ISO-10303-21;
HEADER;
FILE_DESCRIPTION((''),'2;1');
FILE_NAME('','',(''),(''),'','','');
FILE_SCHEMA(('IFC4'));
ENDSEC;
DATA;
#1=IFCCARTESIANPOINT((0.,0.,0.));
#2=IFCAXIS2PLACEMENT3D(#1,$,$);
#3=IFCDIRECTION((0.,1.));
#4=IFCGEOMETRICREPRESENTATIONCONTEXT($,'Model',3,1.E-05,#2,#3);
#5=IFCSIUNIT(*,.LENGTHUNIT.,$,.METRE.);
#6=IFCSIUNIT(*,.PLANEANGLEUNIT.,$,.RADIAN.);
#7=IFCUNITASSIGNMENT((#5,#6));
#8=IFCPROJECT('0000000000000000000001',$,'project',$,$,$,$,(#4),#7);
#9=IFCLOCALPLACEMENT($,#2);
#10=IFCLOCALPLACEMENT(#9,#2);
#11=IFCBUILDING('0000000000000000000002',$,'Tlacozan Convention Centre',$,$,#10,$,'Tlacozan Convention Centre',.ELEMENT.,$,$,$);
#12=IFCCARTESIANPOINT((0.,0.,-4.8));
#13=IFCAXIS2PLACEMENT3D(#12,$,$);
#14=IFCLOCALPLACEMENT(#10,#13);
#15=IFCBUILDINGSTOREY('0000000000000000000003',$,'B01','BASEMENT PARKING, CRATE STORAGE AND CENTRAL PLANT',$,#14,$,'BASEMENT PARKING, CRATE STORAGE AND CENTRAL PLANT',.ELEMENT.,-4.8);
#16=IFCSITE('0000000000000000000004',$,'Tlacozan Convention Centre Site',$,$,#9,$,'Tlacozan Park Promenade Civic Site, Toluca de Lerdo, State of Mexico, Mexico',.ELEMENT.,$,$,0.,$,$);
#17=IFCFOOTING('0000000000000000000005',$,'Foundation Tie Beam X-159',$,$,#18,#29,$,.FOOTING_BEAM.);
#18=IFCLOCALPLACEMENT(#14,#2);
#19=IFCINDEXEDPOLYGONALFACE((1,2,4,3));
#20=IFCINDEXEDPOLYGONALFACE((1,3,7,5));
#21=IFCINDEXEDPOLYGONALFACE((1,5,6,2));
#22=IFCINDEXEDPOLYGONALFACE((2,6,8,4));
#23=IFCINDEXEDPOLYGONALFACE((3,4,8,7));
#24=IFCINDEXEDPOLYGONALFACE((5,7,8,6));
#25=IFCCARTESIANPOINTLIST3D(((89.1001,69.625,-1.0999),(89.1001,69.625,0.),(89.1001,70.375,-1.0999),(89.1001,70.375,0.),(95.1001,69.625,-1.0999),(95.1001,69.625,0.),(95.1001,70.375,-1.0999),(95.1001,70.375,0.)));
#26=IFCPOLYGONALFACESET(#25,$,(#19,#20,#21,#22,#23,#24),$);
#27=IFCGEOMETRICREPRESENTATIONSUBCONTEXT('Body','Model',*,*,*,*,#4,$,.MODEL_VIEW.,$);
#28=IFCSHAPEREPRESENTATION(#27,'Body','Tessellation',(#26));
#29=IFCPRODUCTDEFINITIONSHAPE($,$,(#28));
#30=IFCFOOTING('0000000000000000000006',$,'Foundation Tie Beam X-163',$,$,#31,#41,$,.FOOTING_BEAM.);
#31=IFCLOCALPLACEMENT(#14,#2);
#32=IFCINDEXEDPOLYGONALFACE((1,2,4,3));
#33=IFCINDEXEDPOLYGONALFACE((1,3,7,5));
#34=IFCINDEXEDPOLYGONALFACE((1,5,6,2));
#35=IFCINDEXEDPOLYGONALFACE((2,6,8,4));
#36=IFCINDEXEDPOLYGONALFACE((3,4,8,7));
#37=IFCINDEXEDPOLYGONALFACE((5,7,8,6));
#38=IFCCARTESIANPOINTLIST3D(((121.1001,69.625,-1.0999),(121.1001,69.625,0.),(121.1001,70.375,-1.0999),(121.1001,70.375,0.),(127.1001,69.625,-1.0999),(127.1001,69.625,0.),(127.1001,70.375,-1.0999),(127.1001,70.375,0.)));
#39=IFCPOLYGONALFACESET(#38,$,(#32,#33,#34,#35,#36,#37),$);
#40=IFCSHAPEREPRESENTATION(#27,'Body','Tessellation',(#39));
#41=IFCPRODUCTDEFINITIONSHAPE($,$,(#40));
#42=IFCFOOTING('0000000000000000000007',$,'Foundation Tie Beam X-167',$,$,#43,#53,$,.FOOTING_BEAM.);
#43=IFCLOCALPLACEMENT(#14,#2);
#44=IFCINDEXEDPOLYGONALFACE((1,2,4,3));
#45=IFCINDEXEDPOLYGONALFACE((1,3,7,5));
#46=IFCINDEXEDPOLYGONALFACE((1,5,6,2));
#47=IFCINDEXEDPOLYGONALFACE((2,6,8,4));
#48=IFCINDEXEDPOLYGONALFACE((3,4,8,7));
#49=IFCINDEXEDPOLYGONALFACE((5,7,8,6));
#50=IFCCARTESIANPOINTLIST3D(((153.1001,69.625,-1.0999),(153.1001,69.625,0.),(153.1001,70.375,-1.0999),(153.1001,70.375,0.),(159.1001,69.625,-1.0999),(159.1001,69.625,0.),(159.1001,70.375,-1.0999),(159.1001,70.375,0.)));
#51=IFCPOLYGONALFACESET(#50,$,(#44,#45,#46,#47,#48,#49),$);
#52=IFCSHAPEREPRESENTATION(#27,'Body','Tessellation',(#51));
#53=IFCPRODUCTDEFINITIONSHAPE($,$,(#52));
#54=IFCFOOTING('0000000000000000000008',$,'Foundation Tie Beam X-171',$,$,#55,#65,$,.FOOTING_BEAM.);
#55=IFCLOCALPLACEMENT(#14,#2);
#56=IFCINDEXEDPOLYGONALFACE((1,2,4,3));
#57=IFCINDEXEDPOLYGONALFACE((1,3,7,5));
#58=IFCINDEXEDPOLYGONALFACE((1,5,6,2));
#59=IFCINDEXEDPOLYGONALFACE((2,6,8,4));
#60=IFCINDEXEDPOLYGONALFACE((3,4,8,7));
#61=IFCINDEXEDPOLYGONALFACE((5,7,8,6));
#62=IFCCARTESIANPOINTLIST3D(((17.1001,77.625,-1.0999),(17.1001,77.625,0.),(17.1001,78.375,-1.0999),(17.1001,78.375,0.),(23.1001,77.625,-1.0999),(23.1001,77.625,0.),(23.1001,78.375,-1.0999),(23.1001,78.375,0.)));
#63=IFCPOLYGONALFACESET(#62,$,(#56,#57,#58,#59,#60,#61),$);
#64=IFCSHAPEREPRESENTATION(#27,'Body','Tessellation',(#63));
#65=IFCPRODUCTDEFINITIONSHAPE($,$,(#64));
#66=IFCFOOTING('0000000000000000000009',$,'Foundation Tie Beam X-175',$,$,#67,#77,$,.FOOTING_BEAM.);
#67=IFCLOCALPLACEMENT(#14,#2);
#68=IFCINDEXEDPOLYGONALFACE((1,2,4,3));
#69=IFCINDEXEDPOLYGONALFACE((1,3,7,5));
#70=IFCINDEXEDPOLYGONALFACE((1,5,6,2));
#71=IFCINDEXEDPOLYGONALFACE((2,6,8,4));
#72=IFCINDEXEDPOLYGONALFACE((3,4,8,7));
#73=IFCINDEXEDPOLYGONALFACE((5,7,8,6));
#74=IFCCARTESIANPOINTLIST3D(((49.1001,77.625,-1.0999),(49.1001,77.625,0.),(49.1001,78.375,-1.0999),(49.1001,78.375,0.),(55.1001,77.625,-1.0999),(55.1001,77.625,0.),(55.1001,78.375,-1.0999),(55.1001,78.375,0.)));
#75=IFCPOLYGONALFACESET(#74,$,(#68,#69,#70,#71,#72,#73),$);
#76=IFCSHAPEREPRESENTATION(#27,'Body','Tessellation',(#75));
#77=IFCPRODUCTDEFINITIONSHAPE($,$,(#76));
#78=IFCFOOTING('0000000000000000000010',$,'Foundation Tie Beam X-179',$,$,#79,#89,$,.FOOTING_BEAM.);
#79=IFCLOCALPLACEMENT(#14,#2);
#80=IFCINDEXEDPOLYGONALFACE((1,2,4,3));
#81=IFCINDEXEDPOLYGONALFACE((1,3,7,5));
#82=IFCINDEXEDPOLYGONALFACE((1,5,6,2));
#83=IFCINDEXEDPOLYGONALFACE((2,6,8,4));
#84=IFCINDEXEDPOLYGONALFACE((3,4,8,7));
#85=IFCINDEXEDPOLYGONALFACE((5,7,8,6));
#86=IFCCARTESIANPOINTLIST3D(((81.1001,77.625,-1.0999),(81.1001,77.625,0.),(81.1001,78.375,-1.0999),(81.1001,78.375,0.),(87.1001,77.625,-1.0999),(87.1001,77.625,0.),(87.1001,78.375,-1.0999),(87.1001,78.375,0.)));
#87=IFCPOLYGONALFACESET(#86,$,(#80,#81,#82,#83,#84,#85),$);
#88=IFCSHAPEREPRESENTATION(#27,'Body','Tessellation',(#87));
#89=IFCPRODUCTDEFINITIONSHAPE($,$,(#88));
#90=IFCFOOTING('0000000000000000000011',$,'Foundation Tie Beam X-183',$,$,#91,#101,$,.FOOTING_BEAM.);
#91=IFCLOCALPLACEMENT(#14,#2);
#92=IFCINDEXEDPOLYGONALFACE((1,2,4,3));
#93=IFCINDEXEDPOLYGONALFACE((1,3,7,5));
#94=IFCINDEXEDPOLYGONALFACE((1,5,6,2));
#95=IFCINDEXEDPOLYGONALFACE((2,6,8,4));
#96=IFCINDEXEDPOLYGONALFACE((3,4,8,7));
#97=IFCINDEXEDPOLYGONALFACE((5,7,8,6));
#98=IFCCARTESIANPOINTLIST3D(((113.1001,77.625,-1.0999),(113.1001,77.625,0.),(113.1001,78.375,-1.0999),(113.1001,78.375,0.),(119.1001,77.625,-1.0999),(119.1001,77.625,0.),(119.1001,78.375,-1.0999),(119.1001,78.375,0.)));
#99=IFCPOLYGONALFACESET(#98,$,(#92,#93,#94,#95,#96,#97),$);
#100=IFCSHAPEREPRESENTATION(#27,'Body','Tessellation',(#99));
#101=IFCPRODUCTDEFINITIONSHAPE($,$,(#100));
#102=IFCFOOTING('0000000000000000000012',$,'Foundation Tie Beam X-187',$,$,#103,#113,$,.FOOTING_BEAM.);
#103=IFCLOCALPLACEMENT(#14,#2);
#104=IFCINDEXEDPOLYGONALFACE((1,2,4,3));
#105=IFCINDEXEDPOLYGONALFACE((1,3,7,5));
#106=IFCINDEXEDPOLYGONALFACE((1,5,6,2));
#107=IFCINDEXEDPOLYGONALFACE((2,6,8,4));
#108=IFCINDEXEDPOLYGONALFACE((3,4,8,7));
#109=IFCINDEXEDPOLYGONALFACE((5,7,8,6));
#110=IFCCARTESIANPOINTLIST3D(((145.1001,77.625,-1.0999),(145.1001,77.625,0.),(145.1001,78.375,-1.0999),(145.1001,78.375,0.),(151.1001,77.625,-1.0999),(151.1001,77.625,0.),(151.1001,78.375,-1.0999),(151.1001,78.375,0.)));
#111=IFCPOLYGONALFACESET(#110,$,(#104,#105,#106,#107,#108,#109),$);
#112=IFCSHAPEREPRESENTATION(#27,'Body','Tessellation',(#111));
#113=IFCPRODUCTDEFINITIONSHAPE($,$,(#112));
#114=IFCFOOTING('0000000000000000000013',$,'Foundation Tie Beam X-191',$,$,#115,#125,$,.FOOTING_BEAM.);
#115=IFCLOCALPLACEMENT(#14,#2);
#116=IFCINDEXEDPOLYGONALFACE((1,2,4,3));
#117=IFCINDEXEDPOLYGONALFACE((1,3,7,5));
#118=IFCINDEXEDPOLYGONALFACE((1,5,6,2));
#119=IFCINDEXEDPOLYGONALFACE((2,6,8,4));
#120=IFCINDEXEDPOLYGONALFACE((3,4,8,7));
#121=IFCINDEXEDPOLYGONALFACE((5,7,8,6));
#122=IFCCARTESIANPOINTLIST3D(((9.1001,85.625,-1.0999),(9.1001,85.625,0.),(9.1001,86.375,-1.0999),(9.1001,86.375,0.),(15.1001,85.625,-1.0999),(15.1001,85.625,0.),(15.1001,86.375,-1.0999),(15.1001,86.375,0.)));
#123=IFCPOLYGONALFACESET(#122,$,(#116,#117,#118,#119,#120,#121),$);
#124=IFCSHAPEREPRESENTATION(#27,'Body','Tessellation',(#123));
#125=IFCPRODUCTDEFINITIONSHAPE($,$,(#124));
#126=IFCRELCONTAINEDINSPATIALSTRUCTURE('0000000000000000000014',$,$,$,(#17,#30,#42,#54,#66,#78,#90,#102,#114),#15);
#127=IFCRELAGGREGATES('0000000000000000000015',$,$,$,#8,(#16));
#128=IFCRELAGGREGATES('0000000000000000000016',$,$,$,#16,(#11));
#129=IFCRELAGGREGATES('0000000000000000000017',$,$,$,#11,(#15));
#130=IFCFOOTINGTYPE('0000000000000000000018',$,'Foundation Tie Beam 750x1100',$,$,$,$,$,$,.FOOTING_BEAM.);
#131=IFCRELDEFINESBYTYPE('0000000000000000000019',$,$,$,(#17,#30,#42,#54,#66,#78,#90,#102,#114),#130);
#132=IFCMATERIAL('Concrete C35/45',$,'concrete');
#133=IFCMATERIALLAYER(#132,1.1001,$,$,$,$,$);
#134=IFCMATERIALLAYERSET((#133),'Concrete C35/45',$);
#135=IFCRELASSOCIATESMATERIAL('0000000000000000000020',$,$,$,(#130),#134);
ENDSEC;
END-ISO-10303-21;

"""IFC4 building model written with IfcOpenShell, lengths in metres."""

from ifc_helpers import new_model, si_unit, direction, frame, origin, place, context, subcontext, project, spatial, polyline, outline, extrude, material, layer, layer_set, type_object, element, save


model = new_model("IFC4")

# Units and contexts
model_context = context("Model", 3, precision=1e-05, world=origin(), true_north=direction((0.0, 1.0)))
body_context = subcontext(model_context, "Body", "Model", "MODEL_VIEW")
ifc_project = project(units=[si_unit("LENGTHUNIT", "METRE"), si_unit("PLANEANGLEUNIT", "RADIAN")], contexts=[model_context])

# Site, building, storey
site_placement = place(None, origin())
site = spatial("IfcSite", under=ifc_project, at=site_placement, Name="Tlacozan Convention Centre Site", LongName="Tlacozan Park Promenade Civic Site, Toluca de Lerdo, State of Mexico, Mexico", CompositionType="ELEMENT", RefElevation=0.0)
building_placement = place(site_placement, origin())
building = spatial("IfcBuilding", under=site, at=building_placement, Name="Tlacozan Convention Centre", LongName="Tlacozan Convention Centre", CompositionType="ELEMENT")
storey_placement = place(building_placement, frame((0.0, 0.0, -4.8)))
storey = spatial("IfcBuildingStorey", under=building, at=storey_placement, Name="B01", Description="BASEMENT PARKING, CRATE STORAGE AND CENTRAL PLANT", LongName="BASEMENT PARKING, CRATE STORAGE AND CENTRAL PLANT", CompositionType="ELEMENT", Elevation=-4.8)

# Footings
ifc_material = material(Name="Concrete C35/45", Category="concrete")
ifc_layer = layer(ifc_material, 1.1001)
ifc_layer_set = layer_set([ifc_layer], Name="Concrete C35/45")
footing_type = type_object("IfcFootingType", Name="Foundation Tie Beam 750x1100", PredefinedType="FOOTING_BEAM", material=ifc_layer_set)
footing_1_placement = place(storey_placement, frame((0.0, 0.0, -1.0999)))
element("IfcFooting", 1, at=footing_1_placement, inside=storey, type_object=footing_type, Name="Foundation Tie Beam X-159", PredefinedType="FOOTING_BEAM", context=body_context, shape_type="SweptSolid", body=[
    extrude(outline(polyline([(89.1001, 69.625), (95.1001, 69.625), (95.1001, 70.375), (89.1001, 70.375), (89.1001, 69.625)])), origin(), (0.0, 0.0, 1.0), 1.0999),
])
footing_2_placement = place(storey_placement, frame((0.0, 0.0, -1.0999)))
element("IfcFooting", 2, at=footing_2_placement, inside=storey, type_object=footing_type, Name="Foundation Tie Beam X-163", PredefinedType="FOOTING_BEAM", context=body_context, shape_type="SweptSolid", body=[
    extrude(outline(polyline([(121.1001, 69.625), (127.1001, 69.625), (127.1001, 70.375), (121.1001, 70.375), (121.1001, 69.625)])), origin(), (0.0, 0.0, 1.0), 1.0999),
])
footing_3_placement = place(storey_placement, frame((0.0, 0.0, -1.0999)))
element("IfcFooting", 3, at=footing_3_placement, inside=storey, type_object=footing_type, Name="Foundation Tie Beam X-167", PredefinedType="FOOTING_BEAM", context=body_context, shape_type="SweptSolid", body=[
    extrude(outline(polyline([(153.1001, 69.625), (159.1001, 69.625), (159.1001, 70.375), (153.1001, 70.375), (153.1001, 69.625)])), origin(), (0.0, 0.0, 1.0), 1.0999),
])
footing_4_placement = place(storey_placement, frame((0.0, 0.0, -1.0999)))
element("IfcFooting", 4, at=footing_4_placement, inside=storey, type_object=footing_type, Name="Foundation Tie Beam X-171", PredefinedType="FOOTING_BEAM", context=body_context, shape_type="SweptSolid", body=[
    extrude(outline(polyline([(17.1001, 77.625), (23.1001, 77.625), (23.1001, 78.375), (17.1001, 78.375), (17.1001, 77.625)])), origin(), (0.0, 0.0, 1.0), 1.0999),
])
footing_5_placement = place(storey_placement, frame((0.0, 0.0, -1.0999)))
element("IfcFooting", 5, at=footing_5_placement, inside=storey, type_object=footing_type, Name="Foundation Tie Beam X-175", PredefinedType="FOOTING_BEAM", context=body_context, shape_type="SweptSolid", body=[
    extrude(outline(polyline([(49.1001, 77.625), (55.1001, 77.625), (55.1001, 78.375), (49.1001, 78.375), (49.1001, 77.625)])), origin(), (0.0, 0.0, 1.0), 1.0999),
])
footing_6_placement = place(storey_placement, frame((0.0, 0.0, -1.0999)))
element("IfcFooting", 6, at=footing_6_placement, inside=storey, type_object=footing_type, Name="Foundation Tie Beam X-179", PredefinedType="FOOTING_BEAM", context=body_context, shape_type="SweptSolid", body=[
    extrude(outline(polyline([(81.1001, 77.625), (87.1001, 77.625), (87.1001, 78.375), (81.1001, 78.375), (81.1001, 77.625)])), origin(), (0.0, 0.0, 1.0), 1.0999),
])
footing_7_placement = place(storey_placement, frame((0.0, 0.0, -1.0999)))
element("IfcFooting", 7, at=footing_7_placement, inside=storey, type_object=footing_type, Name="Foundation Tie Beam X-183", PredefinedType="FOOTING_BEAM", context=body_context, shape_type="SweptSolid", body=[
    extrude(outline(polyline([(113.1001, 77.625), (119.1001, 77.625), (119.1001, 78.375), (113.1001, 78.375), (113.1001, 77.625)])), origin(), (0.0, 0.0, 1.0), 1.0999),
])
footing_8_placement = place(storey_placement, frame((0.0, 0.0, -1.0999)))
element("IfcFooting", 8, at=footing_8_placement, inside=storey, type_object=footing_type, Name="Foundation Tie Beam X-187", PredefinedType="FOOTING_BEAM", context=body_context, shape_type="SweptSolid", body=[
    extrude(outline(polyline([(145.1001, 77.625), (151.1001, 77.625), (151.1001, 78.375), (145.1001, 78.375), (145.1001, 77.625)])), origin(), (0.0, 0.0, 1.0), 1.0999),
])
footing_9_placement = place(storey_placement, frame((0.0, 0.0, -1.0999)))
element("IfcFooting", 9, at=footing_9_placement, inside=storey, type_object=footing_type, Name="Foundation Tie Beam X-191", PredefinedType="FOOTING_BEAM", context=body_context, shape_type="SweptSolid", body=[
    extrude(outline(polyline([(9.1001, 85.625), (15.1001, 85.625), (15.1001, 86.375), (9.1001, 86.375), (9.1001, 85.625)])), origin(), (0.0, 0.0, 1.0), 1.0999),
])

save(model, "model.ifc")
